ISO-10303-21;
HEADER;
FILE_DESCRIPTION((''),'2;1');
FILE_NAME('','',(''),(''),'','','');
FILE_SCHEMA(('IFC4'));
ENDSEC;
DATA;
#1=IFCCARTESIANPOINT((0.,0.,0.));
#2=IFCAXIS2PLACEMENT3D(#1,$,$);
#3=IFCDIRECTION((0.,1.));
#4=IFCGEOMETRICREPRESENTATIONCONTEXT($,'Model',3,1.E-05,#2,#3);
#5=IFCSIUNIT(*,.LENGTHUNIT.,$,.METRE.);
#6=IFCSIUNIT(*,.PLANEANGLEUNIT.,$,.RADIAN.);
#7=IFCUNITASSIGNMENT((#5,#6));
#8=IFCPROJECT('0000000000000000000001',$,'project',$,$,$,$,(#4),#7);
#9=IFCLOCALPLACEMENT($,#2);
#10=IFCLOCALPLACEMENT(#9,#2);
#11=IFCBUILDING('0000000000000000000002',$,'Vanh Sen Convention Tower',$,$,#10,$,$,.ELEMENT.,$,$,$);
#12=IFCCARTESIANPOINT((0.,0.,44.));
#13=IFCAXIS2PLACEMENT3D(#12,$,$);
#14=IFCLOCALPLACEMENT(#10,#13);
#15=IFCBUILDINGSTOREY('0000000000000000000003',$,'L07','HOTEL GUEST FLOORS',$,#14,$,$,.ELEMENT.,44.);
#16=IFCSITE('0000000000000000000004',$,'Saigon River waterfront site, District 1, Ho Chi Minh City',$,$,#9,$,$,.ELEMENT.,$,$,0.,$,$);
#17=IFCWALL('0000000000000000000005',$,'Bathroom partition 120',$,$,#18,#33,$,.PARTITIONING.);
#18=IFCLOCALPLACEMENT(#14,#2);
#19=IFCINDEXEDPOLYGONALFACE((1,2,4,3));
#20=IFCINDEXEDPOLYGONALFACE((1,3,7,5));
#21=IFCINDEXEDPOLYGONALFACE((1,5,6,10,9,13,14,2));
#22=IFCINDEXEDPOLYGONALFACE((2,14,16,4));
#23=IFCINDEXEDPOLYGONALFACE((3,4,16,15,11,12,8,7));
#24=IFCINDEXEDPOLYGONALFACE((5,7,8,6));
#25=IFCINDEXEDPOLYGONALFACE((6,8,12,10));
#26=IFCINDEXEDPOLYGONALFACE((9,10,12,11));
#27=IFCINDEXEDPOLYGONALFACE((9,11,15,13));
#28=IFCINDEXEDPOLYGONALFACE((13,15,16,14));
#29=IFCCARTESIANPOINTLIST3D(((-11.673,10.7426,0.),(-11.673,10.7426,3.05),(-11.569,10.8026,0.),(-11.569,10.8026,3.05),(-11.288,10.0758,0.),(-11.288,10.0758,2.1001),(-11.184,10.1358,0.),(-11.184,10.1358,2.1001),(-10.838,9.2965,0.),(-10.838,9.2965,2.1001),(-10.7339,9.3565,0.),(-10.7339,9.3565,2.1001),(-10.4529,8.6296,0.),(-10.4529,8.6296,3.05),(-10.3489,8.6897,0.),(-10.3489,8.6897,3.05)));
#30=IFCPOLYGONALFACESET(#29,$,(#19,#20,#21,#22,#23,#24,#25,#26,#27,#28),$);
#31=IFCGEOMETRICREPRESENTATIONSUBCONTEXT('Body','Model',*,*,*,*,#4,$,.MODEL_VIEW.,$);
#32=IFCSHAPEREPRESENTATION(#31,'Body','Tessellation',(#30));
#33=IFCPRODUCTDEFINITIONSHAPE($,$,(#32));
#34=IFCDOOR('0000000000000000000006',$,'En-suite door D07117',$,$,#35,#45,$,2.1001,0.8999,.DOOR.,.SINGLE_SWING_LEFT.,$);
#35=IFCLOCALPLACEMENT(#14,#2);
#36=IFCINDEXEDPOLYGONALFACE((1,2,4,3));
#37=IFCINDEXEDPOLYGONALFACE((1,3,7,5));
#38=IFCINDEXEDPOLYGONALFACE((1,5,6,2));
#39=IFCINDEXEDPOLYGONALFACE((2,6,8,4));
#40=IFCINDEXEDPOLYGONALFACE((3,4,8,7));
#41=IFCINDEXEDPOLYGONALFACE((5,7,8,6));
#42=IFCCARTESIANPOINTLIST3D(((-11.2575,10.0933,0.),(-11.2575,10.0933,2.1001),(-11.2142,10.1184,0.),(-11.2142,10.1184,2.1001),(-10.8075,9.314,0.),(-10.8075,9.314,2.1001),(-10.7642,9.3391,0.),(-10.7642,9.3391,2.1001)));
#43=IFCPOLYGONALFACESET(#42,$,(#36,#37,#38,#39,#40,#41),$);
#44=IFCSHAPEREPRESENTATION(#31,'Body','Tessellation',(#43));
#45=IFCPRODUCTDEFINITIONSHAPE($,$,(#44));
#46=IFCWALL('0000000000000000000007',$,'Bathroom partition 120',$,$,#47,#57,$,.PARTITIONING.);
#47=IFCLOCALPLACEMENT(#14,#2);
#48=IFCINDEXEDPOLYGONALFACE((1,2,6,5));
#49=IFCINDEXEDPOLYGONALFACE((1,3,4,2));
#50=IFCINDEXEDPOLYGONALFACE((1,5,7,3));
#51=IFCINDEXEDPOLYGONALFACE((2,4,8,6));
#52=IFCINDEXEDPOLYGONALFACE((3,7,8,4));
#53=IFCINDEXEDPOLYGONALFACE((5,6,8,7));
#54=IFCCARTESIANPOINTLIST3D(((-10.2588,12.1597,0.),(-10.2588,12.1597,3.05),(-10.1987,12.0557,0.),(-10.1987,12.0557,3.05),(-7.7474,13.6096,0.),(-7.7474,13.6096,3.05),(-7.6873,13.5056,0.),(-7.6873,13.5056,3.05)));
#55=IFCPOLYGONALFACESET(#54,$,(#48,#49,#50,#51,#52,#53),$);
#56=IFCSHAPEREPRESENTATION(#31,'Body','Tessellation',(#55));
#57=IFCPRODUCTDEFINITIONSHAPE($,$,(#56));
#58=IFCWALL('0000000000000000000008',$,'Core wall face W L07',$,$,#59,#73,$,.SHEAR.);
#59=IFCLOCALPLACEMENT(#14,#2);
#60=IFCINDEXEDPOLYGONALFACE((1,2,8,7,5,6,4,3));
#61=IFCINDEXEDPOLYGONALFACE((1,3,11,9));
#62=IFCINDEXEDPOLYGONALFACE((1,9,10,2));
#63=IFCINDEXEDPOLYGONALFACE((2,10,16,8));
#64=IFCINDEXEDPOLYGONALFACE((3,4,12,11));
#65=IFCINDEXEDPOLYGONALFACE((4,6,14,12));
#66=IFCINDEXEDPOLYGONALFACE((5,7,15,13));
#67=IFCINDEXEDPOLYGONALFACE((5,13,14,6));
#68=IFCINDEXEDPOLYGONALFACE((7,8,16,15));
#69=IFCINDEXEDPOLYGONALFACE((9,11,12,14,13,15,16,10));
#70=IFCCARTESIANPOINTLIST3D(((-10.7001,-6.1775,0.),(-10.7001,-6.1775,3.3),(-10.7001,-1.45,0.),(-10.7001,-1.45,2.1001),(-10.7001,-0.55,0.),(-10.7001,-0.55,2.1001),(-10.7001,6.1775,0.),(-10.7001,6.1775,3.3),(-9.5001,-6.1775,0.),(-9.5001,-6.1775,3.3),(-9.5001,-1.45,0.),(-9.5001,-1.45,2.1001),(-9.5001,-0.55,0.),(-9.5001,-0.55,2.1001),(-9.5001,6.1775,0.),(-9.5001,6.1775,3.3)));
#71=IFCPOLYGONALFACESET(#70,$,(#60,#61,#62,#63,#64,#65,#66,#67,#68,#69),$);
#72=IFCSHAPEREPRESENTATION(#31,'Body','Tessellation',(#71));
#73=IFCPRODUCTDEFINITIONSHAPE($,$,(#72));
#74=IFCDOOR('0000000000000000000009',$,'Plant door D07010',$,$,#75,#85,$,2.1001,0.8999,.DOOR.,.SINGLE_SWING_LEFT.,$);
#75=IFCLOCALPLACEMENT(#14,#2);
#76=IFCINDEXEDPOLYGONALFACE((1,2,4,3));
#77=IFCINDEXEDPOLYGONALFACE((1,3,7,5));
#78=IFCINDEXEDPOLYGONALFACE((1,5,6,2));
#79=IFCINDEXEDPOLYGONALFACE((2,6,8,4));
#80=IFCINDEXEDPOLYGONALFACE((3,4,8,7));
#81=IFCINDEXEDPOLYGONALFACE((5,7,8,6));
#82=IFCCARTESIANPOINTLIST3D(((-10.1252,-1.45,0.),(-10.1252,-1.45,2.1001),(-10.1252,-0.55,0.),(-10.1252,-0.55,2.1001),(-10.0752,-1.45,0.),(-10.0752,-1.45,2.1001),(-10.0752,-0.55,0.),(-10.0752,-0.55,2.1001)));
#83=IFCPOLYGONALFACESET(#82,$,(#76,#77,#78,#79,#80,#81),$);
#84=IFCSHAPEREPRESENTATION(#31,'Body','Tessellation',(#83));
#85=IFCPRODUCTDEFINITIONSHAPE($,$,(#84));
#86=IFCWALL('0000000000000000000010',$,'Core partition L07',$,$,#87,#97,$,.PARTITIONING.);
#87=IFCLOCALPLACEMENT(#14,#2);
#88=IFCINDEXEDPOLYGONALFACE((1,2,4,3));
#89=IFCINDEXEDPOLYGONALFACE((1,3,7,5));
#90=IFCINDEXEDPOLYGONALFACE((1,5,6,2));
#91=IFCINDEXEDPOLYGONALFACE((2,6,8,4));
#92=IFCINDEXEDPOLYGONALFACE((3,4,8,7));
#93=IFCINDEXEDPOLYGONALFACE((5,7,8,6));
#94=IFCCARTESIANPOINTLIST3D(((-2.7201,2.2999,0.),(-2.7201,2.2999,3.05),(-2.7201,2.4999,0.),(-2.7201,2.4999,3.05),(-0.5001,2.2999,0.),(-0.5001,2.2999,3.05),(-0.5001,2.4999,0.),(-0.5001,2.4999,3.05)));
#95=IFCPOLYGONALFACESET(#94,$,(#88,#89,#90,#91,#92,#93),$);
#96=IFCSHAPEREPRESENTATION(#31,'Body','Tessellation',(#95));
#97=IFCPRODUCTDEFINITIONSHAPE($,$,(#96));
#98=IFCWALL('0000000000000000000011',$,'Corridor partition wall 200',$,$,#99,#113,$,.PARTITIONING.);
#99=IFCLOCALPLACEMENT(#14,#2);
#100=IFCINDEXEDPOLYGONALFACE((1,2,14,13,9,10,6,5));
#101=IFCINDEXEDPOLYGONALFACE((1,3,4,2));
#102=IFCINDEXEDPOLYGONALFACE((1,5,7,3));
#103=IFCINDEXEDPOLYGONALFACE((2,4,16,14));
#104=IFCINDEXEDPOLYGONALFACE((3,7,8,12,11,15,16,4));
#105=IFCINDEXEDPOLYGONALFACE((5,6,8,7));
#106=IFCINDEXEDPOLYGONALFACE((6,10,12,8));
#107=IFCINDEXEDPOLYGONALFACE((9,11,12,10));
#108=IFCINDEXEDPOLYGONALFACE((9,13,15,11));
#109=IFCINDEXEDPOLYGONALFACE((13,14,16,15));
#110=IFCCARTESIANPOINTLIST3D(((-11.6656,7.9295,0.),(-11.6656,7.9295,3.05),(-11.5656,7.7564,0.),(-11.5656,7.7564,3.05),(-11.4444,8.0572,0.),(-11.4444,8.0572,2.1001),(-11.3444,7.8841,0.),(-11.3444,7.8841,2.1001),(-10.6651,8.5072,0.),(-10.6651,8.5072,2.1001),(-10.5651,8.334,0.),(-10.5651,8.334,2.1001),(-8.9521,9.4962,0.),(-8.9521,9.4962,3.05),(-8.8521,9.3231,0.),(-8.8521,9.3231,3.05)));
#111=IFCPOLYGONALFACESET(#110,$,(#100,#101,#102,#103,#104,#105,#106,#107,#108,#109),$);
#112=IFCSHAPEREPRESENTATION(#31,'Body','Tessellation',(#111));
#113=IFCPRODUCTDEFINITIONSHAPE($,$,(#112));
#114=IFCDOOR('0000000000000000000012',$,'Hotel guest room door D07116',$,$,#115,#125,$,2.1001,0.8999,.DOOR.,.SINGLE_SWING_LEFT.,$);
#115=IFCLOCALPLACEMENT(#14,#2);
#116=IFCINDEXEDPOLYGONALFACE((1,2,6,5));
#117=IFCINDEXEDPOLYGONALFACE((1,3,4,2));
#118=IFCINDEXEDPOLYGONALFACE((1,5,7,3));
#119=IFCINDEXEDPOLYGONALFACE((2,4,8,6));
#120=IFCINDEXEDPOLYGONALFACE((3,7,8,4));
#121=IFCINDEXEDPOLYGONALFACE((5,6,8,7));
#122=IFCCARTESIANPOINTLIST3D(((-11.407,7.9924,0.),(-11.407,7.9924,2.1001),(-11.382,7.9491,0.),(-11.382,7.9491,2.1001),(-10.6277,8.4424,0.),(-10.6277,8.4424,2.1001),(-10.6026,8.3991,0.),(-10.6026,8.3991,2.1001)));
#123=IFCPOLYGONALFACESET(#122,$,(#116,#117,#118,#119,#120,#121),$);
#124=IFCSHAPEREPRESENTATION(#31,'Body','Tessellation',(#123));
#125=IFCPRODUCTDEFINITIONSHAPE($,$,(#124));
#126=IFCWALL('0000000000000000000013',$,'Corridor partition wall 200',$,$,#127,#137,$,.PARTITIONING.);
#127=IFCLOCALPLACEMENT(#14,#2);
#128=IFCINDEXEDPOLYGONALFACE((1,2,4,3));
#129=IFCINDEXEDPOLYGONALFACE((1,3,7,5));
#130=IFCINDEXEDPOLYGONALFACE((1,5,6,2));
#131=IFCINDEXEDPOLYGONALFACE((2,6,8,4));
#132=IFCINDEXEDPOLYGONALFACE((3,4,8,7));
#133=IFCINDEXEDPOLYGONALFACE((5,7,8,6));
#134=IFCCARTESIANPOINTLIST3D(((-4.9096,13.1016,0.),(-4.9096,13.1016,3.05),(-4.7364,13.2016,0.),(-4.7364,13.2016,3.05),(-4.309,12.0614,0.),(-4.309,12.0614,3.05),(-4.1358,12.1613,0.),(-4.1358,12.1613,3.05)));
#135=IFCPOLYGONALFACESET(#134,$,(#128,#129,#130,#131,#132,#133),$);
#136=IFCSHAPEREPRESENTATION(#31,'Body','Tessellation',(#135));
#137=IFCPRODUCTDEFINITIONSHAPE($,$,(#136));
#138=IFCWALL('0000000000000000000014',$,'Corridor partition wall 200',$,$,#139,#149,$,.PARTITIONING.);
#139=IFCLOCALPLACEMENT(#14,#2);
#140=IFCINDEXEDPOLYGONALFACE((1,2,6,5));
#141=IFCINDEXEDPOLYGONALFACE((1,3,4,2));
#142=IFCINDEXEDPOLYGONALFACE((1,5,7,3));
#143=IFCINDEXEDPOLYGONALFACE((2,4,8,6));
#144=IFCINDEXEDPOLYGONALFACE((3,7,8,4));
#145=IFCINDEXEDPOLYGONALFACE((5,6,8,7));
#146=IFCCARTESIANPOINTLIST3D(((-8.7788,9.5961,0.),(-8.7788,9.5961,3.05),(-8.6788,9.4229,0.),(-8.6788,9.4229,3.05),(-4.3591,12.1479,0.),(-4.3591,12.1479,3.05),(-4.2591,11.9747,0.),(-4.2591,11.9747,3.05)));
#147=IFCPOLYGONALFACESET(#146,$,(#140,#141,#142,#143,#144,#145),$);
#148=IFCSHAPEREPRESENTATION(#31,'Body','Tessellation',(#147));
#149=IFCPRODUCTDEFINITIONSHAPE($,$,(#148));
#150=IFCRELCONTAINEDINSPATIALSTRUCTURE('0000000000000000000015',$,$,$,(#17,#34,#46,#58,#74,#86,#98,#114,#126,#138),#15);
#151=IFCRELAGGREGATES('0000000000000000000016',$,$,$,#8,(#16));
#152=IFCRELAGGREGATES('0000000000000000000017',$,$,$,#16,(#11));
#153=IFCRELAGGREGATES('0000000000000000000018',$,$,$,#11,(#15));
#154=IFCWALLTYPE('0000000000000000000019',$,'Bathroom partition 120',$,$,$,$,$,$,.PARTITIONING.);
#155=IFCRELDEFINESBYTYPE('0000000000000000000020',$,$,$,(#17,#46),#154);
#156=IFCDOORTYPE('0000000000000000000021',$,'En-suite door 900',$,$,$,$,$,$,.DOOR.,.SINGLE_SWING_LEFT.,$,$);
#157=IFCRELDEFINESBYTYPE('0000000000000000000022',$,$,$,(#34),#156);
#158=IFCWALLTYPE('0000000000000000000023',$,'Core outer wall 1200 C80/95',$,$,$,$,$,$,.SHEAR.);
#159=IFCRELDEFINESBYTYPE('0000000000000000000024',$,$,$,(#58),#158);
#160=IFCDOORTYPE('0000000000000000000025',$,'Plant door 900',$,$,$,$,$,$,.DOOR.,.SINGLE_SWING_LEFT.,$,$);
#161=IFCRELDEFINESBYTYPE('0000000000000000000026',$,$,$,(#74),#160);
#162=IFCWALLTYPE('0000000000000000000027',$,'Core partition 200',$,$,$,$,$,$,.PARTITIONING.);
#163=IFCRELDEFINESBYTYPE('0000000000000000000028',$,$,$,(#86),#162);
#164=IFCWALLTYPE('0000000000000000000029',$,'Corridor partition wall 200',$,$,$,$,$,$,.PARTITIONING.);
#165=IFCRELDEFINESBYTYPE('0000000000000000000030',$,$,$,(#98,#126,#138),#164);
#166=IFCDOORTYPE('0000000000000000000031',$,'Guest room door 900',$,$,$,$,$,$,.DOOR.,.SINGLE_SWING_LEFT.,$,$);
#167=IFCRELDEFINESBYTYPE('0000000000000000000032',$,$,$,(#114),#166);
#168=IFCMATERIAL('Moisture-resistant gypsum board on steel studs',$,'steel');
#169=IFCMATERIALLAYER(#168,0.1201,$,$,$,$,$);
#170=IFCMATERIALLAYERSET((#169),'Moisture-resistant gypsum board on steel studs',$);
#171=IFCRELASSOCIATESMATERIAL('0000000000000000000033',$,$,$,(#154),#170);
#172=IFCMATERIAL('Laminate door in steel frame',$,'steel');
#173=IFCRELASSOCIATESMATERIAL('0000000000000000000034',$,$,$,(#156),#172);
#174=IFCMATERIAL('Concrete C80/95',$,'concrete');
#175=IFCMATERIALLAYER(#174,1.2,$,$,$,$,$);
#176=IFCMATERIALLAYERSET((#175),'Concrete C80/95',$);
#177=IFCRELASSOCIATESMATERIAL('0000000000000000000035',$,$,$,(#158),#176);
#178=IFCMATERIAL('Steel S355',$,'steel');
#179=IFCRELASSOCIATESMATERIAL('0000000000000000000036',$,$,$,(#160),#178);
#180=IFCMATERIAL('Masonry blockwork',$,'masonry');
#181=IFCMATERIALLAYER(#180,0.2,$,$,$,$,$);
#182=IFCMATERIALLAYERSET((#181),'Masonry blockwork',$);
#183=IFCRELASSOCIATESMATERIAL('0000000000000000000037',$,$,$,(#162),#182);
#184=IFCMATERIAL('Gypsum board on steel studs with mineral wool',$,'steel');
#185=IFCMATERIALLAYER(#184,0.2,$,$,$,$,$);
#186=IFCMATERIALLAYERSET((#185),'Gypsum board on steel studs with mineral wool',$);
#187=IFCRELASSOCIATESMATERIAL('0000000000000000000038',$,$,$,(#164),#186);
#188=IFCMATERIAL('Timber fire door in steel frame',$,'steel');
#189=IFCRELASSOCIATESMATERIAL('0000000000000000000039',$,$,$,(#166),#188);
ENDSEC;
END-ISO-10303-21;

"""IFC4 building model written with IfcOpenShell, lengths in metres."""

from ifc_helpers import new_model, si_unit, direction, frame, frame_2d, origin, place, context, subcontext, project, spatial, rectangle, extrude, material, layer, layer_set, type_object, element, fill, save


model = new_model("IFC4")

# Units and contexts
model_context = context("Model", 3, precision=1e-05, world=origin(), true_north=direction((0.0, 1.0)))
body_context = subcontext(model_context, "Body", "Model", "MODEL_VIEW")
ifc_project = project(units=[si_unit("LENGTHUNIT", "METRE"), si_unit("PLANEANGLEUNIT", "RADIAN")], contexts=[model_context])

# Site, building, storey
site_placement = place(None, origin())
site = spatial("IfcSite", under=ifc_project, at=site_placement, Name="Saigon River waterfront site, District 1, Ho Chi Minh City", CompositionType="ELEMENT", RefElevation=0.0)
building_placement = place(site_placement, origin())
building = spatial("IfcBuilding", under=site, at=building_placement, Name="Vanh Sen Convention Tower", CompositionType="ELEMENT")
storey_placement = place(building_placement, frame((0.0, 0.0, 44.0)))
storey = spatial("IfcBuildingStorey", under=building, at=storey_placement, Name="L07", Description="HOTEL GUEST FLOORS", CompositionType="ELEMENT", Elevation=44.0)

# Wall, opening, door
ifc_material_1 = material(Name="Moisture-resistant gypsum board on steel studs", Category="steel")
ifc_layer_1 = layer(ifc_material_1, 0.1201)
ifc_layer_set_1 = layer_set([ifc_layer_1], Name="Moisture-resistant gypsum board on steel studs")
wall_type_1 = type_object("IfcWallType", Name="Bathroom partition 120", PredefinedType="PARTITIONING", material=ifc_layer_set_1)
wall_1_placement = place(storey_placement, frame((-10.4009, 8.6597, 0.0), z_axis=(0.0, 0.0, 1.0), x_axis=(-0.500078, 0.865981, 0.0)))
wall_1 = element("IfcWall", 1, at=wall_1_placement, inside=storey, type_object=wall_type_1, Name="Bathroom partition 120", PredefinedType="PARTITIONING", context=body_context, shape_type="SweptSolid", body=[
    extrude(rectangle(XDim=2.4399, YDim=0.1201, at=frame_2d((1.22, 0.0))), origin(), (0.0, 0.0, 1.0), 3.05),
])
opening_1_placement = place(wall_1_placement, frame((0.77, 0.0, 0.0)))
opening_1 = element("IfcOpeningElement", 2, at=opening_1_placement, cuts=wall_1, PredefinedType="OPENING", context=body_context, shape_type="SweptSolid", body=[
    extrude(rectangle(XDim=0.8999, YDim=2.1001, at=frame_2d((0.45, 1.05))), frame((0.0, 0.0701, 0.0), z_axis=(0.0, -1.0, 0.0), x_axis=(1.0, 0.0, 0.0)), (0.0, 0.0, 1.0), 0.1401),
])
ifc_material_2 = material(Name="Laminate door in steel frame", Category="steel")
door_type_1 = type_object("IfcDoorType", Name="En-suite door 900", OperationType="SINGLE_SWING_LEFT", PredefinedType="DOOR", material=ifc_material_2)
door_1_placement = place(opening_1_placement, origin())
door_1 = element("IfcDoor", 3, at=door_1_placement, inside=storey, type_object=door_type_1, Name="En-suite door D07117", OperationType="SINGLE_SWING_LEFT", OverallHeight=2.1001, OverallWidth=0.8999, PredefinedType="DOOR", context=body_context, shape_type="SweptSolid", body=[
    extrude(rectangle(XDim=0.8999, YDim=2.1001, at=frame_2d((0.45, 1.05))), frame((0.0, 0.0249, 0.0), z_axis=(0.0, -1.0, 0.0), x_axis=(1.0, 0.0, 0.0)), (0.0, 0.0, 1.0), 0.05),
])
fill(opening_1, door_1)

# Wall
wall_2_placement = place(storey_placement, frame((-10.2288, 12.1077, 0.0), z_axis=(0.0, 0.0, 1.0), x_axis=(0.866033, 0.499987, 0.0)))
element("IfcWall", 4, at=wall_2_placement, inside=storey, type_object=wall_type_1, Name="Bathroom partition 120", PredefinedType="PARTITIONING", context=body_context, shape_type="SweptSolid", body=[
    extrude(rectangle(XDim=2.8999, YDim=0.1201, at=frame_2d((1.45, 0.0))), origin(), (0.0, 0.0, 1.0), 3.05),
])

# Wall, opening, door
ifc_material_3 = material(Name="Concrete C80/95", Category="concrete")
ifc_layer_2 = layer(ifc_material_3, 1.2)
ifc_layer_set_2 = layer_set([ifc_layer_2], Name="Concrete C80/95")
wall_type_2 = type_object("IfcWallType", Name="Core outer wall 1200 C80/95", PredefinedType="SHEAR", material=ifc_layer_set_2)
wall_3_placement = place(storey_placement, frame((-10.1001, 6.1775, 0.0), z_axis=(0.0, 0.0, 1.0), x_axis=(0.0, -1.0, 0.0)))
wall_3 = element("IfcWall", 5, at=wall_3_placement, inside=storey, type_object=wall_type_2, Name="Core wall face W L07", PredefinedType="SHEAR", context=body_context, shape_type="SweptSolid", body=[
    extrude(rectangle(XDim=12.355, YDim=1.2, at=frame_2d((6.1775, 0.0))), origin(), (0.0, 0.0, 1.0), 3.3),
])
opening_2_placement = place(wall_3_placement, frame((6.7275, 0.0, 0.0)))
opening_2 = element("IfcOpeningElement", 6, at=opening_2_placement, cuts=wall_3, PredefinedType="OPENING", context=body_context, shape_type="SweptSolid", body=[
    extrude(rectangle(XDim=0.8999, YDim=2.1001, at=frame_2d((0.45, 1.05))), frame((0.0, 0.6099, 0.0), z_axis=(0.0, -1.0, 0.0), x_axis=(1.0, 0.0, 0.0)), (0.0, 0.0, 1.0), 1.22),
])
ifc_material_4 = material(Name="Steel S355", Category="steel")
door_type_2 = type_object("IfcDoorType", Name="Plant door 900", OperationType="SINGLE_SWING_LEFT", PredefinedType="DOOR", material=ifc_material_4)
door_2_placement = place(opening_2_placement, origin())
door_2 = element("IfcDoor", 7, at=door_2_placement, inside=storey, type_object=door_type_2, Name="Plant door D07010", OperationType="SINGLE_SWING_LEFT", OverallHeight=2.1001, OverallWidth=0.8999, PredefinedType="DOOR", context=body_context, shape_type="SweptSolid", body=[
    extrude(rectangle(XDim=0.8999, YDim=2.1001, at=frame_2d((0.45, 1.05))), frame((0.0, 0.0249, 0.0), z_axis=(0.0, -1.0, 0.0), x_axis=(1.0, 0.0, 0.0)), (0.0, 0.0, 1.0), 0.05),
])
fill(opening_2, door_2)

# Wall
ifc_material_5 = material(Name="Masonry blockwork", Category="masonry")
ifc_layer_3 = layer(ifc_material_5, 0.2)
ifc_layer_set_3 = layer_set([ifc_layer_3], Name="Masonry blockwork")
wall_type_3 = type_object("IfcWallType", Name="Core partition 200", PredefinedType="PARTITIONING", material=ifc_layer_set_3)
wall_4_placement = place(storey_placement, frame((-2.72, 2.3999, 0.0), z_axis=(0.0, 0.0, 1.0), x_axis=(1.0, 0.0, 0.0)))
element("IfcWall", 8, at=wall_4_placement, inside=storey, type_object=wall_type_3, Name="Core partition L07", PredefinedType="PARTITIONING", context=body_context, shape_type="SweptSolid", body=[
    extrude(rectangle(XDim=2.22, YDim=0.2, at=frame_2d((1.1099, 0.0))), origin(), (0.0, 0.0, 1.0), 3.05),
])

# Wall, opening, door
ifc_material_6 = material(Name="Gypsum board on steel studs with mineral wool", Category="steel")
ifc_layer_4 = layer(ifc_material_6, 0.2)
ifc_layer_set_4 = layer_set([ifc_layer_4], Name="Gypsum board on steel studs with mineral wool")
wall_type_4 = type_object("IfcWallType", Name="Corridor partition wall 200", PredefinedType="PARTITIONING", material=ifc_layer_set_4)
wall_5_placement = place(storey_placement, frame((-8.9021, 9.4097, 0.0), z_axis=(0.0, 0.0, 1.0), x_axis=(-0.866014, -0.500019, 0.0)))
wall_5 = element("IfcWall", 9, at=wall_5_placement, inside=storey, type_object=wall_type_4, Name="Corridor partition wall 200", PredefinedType="PARTITIONING", context=body_context, shape_type="SweptSolid", body=[
    extrude(rectangle(XDim=3.1333, YDim=0.2, at=frame_2d((1.5667, 0.0))), origin(), (0.0, 0.0, 1.0), 3.05),
])
opening_3_placement = place(wall_5_placement, frame((1.978, 0.0, 0.0)))
opening_3 = element("IfcOpeningElement", 10, at=opening_3_placement, cuts=wall_5, PredefinedType="OPENING", context=body_context, shape_type="SweptSolid", body=[
    extrude(rectangle(XDim=0.8999, YDim=2.1001, at=frame_2d((0.45, 1.05))), frame((0.0, 0.1099, 0.0), z_axis=(0.0, -1.0, 0.0), x_axis=(1.0, 0.0, 0.0)), (0.0, 0.0, 1.0), 0.22),
])
ifc_material_7 = material(Name="Timber fire door in steel frame", Category="steel")
door_type_3 = type_object("IfcDoorType", Name="Guest room door 900", OperationType="SINGLE_SWING_LEFT", PredefinedType="DOOR", material=ifc_material_7)
door_3_placement = place(opening_3_placement, origin())
door_3 = element("IfcDoor", 11, at=door_3_placement, inside=storey, type_object=door_type_3, Name="Hotel guest room door D07116", OperationType="SINGLE_SWING_LEFT", OverallHeight=2.1001, OverallWidth=0.8999, PredefinedType="DOOR", context=body_context, shape_type="SweptSolid", body=[
    extrude(rectangle(XDim=0.8999, YDim=2.1001, at=frame_2d((0.45, 1.05))), frame((0.0, 0.0249, 0.0), z_axis=(0.0, -1.0, 0.0), x_axis=(1.0, 0.0, 0.0)), (0.0, 0.0, 1.0), 0.05),
])
fill(opening_3, door_3)

# Walls
wall_6_placement = place(storey_placement, frame((-4.823, 13.1516, 0.0), z_axis=(0.0, 0.0, 1.0), x_axis=(0.499986, -0.866033, 0.0)))
element("IfcWall", 12, at=wall_6_placement, inside=storey, type_object=wall_type_4, Name="Corridor partition wall 200", PredefinedType="PARTITIONING", context=body_context, shape_type="SweptSolid", body=[
    extrude(rectangle(XDim=1.2012, YDim=0.2, at=frame_2d((0.6006, 0.0))), origin(), (0.0, 0.0, 1.0), 3.05),
])
wall_7_placement = place(storey_placement, frame((-4.3091, 12.0613, 0.0), z_axis=(0.0, 0.0, 1.0), x_axis=(-0.866021, -0.500008, 0.0)))
element("IfcWall", 13, at=wall_7_placement, inside=storey, type_object=wall_type_4, Name="Corridor partition wall 200", PredefinedType="PARTITIONING", context=body_context, shape_type="SweptSolid", body=[
    extrude(rectangle(XDim=5.1035, YDim=0.2, at=frame_2d((2.5518, 0.0))), origin(), (0.0, 0.0, 1.0), 3.05),
])

save(model, "model.ifc")
